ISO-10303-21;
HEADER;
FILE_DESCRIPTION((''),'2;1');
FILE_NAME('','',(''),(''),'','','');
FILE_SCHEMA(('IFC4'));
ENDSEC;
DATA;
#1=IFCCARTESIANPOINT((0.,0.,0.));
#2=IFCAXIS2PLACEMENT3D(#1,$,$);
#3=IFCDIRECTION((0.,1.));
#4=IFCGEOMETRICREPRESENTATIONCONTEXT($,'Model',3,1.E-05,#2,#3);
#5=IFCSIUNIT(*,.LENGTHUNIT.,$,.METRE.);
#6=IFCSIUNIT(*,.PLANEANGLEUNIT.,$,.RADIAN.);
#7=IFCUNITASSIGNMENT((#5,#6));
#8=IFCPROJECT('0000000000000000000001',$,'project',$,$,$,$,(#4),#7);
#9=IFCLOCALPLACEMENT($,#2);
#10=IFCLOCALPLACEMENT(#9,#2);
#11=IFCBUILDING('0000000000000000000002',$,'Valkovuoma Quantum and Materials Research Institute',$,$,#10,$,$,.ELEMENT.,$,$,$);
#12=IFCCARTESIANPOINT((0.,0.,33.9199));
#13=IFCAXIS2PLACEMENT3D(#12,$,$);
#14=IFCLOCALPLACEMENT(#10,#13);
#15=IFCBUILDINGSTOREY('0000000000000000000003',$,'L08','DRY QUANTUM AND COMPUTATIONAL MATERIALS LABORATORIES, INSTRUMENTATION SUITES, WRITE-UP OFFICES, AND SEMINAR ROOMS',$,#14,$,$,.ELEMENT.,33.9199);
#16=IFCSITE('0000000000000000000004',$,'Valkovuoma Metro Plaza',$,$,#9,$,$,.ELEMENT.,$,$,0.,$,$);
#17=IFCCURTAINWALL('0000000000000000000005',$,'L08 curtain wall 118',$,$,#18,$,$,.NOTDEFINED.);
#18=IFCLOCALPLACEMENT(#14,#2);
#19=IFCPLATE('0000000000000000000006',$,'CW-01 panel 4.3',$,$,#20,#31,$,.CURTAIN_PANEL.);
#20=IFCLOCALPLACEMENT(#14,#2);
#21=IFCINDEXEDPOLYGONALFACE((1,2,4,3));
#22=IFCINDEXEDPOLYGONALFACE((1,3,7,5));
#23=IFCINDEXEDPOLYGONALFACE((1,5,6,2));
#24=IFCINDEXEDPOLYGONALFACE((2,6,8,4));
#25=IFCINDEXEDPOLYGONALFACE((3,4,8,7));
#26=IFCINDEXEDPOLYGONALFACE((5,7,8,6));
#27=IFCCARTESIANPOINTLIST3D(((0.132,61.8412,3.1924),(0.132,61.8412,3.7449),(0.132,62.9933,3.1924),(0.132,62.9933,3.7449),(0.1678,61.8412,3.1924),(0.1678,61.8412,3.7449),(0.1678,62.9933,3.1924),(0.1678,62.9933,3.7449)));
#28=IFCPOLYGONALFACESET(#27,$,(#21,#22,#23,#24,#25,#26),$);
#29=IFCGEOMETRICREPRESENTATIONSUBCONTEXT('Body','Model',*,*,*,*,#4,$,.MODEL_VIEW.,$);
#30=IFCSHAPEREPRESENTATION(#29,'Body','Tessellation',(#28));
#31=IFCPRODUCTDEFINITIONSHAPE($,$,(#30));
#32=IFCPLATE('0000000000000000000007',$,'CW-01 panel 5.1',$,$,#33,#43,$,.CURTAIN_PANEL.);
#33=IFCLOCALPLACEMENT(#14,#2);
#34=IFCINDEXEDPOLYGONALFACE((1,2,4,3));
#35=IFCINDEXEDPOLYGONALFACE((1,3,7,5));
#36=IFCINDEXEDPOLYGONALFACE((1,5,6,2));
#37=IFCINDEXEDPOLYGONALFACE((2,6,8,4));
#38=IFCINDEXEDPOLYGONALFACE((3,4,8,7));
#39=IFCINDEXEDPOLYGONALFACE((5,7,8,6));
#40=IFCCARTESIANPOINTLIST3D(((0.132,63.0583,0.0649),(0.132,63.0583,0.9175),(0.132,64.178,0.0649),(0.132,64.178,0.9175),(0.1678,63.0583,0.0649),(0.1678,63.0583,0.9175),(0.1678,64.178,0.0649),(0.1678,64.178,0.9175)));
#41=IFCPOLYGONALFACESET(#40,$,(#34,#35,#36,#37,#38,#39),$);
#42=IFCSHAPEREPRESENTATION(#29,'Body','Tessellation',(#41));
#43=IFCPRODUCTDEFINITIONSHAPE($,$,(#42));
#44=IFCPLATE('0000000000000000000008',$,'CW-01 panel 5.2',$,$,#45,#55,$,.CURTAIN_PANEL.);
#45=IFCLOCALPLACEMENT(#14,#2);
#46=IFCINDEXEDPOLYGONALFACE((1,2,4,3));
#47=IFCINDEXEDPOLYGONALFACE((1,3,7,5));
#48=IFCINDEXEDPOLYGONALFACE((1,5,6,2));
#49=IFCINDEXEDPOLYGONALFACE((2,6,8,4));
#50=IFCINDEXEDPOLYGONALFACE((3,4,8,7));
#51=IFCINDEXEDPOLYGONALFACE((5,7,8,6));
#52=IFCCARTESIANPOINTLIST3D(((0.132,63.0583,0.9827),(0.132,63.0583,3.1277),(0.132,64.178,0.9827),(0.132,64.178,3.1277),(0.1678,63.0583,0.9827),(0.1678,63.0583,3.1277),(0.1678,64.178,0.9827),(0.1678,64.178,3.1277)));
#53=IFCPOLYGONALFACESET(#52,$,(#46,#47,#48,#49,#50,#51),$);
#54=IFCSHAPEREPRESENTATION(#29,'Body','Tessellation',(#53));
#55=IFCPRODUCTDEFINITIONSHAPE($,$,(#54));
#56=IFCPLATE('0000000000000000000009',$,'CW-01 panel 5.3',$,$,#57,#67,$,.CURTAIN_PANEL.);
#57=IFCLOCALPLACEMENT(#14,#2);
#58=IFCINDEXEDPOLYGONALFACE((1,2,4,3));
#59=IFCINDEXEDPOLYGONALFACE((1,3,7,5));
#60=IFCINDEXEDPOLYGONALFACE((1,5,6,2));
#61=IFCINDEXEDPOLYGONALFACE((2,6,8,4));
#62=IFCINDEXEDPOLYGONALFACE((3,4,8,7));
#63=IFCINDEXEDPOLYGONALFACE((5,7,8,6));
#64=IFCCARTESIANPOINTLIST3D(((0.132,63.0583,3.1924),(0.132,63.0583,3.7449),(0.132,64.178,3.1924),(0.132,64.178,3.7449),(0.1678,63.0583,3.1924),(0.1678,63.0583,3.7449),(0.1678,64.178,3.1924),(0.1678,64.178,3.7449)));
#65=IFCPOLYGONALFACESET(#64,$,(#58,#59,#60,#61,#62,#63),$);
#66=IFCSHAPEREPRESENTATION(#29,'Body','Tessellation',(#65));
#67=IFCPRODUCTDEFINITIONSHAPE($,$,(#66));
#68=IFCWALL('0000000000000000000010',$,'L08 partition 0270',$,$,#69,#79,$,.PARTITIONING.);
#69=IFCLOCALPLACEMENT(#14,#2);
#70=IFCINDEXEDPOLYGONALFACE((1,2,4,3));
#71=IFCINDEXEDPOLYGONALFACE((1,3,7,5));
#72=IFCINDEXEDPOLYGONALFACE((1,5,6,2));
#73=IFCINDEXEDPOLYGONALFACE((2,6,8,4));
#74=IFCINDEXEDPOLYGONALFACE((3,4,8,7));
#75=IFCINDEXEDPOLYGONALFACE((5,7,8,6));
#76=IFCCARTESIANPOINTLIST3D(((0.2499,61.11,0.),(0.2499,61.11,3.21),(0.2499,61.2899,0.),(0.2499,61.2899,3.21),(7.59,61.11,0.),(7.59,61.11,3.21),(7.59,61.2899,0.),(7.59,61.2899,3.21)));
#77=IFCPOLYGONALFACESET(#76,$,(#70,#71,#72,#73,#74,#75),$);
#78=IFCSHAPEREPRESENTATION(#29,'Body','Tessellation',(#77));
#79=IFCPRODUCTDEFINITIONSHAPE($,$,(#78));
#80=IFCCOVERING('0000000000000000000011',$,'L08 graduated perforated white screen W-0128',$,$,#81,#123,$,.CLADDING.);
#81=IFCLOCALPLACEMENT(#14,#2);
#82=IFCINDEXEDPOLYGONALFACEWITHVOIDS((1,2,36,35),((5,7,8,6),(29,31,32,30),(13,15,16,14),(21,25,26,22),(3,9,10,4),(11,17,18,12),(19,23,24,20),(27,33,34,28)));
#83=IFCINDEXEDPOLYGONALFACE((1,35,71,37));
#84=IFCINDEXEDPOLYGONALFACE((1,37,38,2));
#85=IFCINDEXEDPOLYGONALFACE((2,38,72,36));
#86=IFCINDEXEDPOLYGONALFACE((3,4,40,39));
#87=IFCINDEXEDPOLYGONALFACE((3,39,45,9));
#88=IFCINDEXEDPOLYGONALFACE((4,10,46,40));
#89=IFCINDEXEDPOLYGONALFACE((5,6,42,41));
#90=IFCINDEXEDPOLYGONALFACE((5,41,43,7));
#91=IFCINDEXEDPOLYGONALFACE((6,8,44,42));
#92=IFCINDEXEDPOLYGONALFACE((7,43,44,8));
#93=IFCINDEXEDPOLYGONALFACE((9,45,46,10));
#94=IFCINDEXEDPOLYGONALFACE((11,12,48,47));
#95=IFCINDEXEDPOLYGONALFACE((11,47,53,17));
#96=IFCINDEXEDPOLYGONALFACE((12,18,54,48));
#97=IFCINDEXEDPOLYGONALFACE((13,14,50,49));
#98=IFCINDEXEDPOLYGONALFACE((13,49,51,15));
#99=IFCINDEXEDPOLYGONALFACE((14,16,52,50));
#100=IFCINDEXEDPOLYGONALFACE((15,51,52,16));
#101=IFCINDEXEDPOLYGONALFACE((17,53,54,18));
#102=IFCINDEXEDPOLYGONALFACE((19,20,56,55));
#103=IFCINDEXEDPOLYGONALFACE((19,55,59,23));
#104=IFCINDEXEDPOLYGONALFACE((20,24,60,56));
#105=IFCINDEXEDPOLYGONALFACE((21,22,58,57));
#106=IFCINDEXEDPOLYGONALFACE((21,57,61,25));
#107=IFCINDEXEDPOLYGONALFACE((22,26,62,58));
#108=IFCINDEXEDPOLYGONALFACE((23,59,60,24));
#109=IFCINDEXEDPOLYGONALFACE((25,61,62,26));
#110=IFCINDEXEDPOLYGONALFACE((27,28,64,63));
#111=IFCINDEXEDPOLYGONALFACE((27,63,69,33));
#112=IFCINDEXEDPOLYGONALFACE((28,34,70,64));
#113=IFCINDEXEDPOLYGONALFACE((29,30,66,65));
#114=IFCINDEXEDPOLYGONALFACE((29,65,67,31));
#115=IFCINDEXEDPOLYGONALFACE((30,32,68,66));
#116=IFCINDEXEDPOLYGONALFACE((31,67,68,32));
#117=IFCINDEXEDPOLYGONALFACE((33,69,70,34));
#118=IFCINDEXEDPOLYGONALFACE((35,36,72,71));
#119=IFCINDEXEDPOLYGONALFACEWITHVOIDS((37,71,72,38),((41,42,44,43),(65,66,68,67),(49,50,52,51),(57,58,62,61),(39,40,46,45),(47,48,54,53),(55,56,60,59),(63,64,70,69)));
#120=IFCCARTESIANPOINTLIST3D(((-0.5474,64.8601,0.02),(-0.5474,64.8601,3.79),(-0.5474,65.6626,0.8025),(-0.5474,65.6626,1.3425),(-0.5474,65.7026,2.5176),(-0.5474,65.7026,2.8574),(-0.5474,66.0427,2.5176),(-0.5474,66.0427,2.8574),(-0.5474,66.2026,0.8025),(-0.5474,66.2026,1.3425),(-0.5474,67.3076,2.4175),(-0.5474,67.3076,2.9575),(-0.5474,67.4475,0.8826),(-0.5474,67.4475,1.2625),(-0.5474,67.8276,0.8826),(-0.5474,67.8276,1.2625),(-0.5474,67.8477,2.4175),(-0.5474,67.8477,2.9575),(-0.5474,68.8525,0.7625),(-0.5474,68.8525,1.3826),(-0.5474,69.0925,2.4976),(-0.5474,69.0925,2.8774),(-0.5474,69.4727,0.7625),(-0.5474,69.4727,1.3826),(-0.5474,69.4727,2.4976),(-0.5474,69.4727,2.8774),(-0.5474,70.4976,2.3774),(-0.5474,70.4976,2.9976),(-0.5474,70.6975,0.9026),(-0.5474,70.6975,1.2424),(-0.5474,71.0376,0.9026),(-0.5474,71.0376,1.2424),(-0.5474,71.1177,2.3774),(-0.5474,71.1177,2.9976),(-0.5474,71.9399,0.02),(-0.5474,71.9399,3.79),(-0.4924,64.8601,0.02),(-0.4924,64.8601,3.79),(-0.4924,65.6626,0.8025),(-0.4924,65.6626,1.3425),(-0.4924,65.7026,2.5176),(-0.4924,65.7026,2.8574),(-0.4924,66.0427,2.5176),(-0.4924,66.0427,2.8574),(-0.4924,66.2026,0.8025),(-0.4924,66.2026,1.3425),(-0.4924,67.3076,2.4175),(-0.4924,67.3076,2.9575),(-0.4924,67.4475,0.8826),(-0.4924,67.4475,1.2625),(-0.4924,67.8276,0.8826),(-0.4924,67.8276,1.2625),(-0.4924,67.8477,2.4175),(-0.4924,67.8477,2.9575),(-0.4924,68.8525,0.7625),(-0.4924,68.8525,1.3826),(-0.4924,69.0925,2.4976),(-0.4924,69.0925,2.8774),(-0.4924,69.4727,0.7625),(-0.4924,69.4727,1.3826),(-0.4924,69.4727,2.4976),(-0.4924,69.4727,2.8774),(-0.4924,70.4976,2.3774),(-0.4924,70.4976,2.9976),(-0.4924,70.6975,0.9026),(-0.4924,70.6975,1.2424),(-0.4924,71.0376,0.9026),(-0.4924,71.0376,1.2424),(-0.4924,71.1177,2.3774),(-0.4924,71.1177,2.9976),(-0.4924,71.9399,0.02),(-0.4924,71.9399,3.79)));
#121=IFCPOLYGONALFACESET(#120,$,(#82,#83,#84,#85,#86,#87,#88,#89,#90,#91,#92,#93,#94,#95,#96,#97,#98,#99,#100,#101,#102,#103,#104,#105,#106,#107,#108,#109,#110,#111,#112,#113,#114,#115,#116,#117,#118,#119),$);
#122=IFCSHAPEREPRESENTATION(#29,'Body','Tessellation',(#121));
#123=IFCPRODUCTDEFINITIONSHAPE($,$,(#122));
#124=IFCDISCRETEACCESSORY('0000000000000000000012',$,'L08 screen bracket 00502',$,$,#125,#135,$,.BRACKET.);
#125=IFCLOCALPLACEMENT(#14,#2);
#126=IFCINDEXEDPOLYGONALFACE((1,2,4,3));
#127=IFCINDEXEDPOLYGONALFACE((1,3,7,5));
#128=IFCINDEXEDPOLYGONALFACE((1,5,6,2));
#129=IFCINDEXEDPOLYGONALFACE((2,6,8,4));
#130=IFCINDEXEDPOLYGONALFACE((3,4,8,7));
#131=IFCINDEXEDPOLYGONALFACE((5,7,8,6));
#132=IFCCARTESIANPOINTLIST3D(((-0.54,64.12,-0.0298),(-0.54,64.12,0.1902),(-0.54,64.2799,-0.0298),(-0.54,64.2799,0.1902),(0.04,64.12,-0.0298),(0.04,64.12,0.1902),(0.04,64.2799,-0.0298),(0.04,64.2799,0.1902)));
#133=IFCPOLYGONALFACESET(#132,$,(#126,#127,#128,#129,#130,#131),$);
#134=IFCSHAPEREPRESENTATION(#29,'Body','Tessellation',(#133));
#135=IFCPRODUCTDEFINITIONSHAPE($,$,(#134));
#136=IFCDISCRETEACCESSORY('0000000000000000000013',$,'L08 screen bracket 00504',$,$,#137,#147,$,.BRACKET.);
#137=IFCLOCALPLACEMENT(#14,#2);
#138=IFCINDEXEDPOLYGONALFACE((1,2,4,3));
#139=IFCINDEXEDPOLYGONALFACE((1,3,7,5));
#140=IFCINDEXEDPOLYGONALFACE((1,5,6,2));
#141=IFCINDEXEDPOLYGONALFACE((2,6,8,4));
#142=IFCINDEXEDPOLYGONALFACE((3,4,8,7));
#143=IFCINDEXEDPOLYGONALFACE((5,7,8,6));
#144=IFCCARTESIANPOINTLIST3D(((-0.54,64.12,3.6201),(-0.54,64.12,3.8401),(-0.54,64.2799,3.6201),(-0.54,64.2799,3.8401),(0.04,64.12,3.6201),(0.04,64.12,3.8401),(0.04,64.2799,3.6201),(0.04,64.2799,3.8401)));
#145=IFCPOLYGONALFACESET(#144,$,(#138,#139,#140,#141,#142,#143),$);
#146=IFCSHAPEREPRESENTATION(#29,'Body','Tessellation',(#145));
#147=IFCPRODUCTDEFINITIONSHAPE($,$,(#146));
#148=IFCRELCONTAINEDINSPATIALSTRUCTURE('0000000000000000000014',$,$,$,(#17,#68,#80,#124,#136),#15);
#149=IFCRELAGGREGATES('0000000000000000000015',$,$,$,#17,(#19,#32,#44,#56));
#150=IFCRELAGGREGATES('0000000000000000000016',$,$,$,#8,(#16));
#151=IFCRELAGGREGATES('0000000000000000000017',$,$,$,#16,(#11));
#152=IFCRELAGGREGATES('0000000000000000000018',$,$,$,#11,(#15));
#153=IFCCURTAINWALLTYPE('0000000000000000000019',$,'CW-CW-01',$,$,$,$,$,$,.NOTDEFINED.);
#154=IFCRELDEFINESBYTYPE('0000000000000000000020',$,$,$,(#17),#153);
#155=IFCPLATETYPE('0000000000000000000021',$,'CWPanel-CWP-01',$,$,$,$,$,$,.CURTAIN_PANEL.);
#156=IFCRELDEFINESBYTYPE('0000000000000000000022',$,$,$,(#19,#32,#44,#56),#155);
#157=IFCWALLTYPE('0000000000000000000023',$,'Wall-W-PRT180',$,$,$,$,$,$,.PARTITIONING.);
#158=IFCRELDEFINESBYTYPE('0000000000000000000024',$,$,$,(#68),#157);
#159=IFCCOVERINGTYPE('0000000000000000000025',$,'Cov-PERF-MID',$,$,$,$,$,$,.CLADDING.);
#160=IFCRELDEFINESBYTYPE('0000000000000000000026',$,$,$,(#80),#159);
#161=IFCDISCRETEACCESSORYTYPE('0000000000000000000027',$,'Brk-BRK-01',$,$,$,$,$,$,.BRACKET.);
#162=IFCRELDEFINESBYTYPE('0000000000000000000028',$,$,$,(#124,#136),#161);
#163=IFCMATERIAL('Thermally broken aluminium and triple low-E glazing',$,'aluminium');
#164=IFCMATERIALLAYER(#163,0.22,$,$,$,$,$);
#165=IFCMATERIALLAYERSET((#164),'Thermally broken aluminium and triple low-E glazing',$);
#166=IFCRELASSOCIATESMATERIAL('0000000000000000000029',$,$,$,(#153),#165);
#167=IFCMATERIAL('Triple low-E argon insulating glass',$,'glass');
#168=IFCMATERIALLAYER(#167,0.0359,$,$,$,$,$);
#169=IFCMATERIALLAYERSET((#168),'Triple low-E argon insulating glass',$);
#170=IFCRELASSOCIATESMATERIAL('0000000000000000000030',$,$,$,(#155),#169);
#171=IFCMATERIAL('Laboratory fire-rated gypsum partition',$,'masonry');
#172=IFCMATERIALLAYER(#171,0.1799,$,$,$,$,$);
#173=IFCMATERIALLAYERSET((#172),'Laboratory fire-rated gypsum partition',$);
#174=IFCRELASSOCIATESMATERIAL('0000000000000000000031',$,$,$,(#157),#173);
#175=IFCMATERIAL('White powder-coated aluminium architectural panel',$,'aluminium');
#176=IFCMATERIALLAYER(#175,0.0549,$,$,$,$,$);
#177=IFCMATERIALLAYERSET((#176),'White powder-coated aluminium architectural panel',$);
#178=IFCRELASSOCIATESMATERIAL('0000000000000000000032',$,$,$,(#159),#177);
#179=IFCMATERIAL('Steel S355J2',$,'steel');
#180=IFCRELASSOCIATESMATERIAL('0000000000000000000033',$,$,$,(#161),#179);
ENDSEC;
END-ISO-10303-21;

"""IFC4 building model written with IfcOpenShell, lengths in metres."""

from ifc_helpers import new_model, si_unit, direction, frame, frame_2d, origin, origin_2d, place, context, subcontext, project, spatial, polyline, rectangle, outline, extrude, material, layer, layer_set, type_object, element, aggregate, save


model = new_model("IFC4")

# Units and contexts
model_context = context("Model", 3, precision=1e-05, world=origin(), true_north=direction((0.0, 1.0)))
body_context = subcontext(model_context, "Body", "Model", "MODEL_VIEW")
ifc_project = project(units=[si_unit("LENGTHUNIT", "METRE"), si_unit("PLANEANGLEUNIT", "RADIAN")], contexts=[model_context])

# Site, building, storey
site_placement = place(None, origin())
site = spatial("IfcSite", under=ifc_project, at=site_placement, Name="Valkovuoma Metro Plaza", CompositionType="ELEMENT", RefElevation=0.0)
building_placement = place(site_placement, origin())
building = spatial("IfcBuilding", under=site, at=building_placement, Name="Valkovuoma Quantum and Materials Research Institute", CompositionType="ELEMENT")
storey_placement = place(building_placement, frame((0.0, 0.0, 33.9199)))
storey = spatial("IfcBuildingStorey", under=building, at=storey_placement, Name="L08", Description="DRY QUANTUM AND COMPUTATIONAL MATERIALS LABORATORIES, INSTRUMENTATION SUITES, WRITE-UP OFFICES, AND SEMINAR ROOMS", CompositionType="ELEMENT", Elevation=33.9199)

# Curtain wall, plates
ifc_material_1 = material(Name="Thermally broken aluminium and triple low-E glazing", Category="aluminium")
ifc_layer_1 = layer(ifc_material_1, 0.22)
ifc_layer_set_1 = layer_set([ifc_layer_1], Name="Thermally broken aluminium and triple low-E glazing")
curtain_wall_type = type_object("IfcCurtainWallType", Name="CW-CW-01", PredefinedType="NOTDEFINED", material=ifc_layer_set_1)
curtain_wall_placement = place(storey_placement, origin())
curtain_wall = element("IfcCurtainWall", 1, at=curtain_wall_placement, inside=storey, type_object=curtain_wall_type, Name="L08 curtain wall 118", PredefinedType="NOTDEFINED")
ifc_material_2 = material(Name="Triple low-E argon insulating glass", Category="glass")
ifc_layer_2 = layer(ifc_material_2, 0.0359)
ifc_layer_set_2 = layer_set([ifc_layer_2], Name="Triple low-E argon insulating glass")
plate_type = type_object("IfcPlateType", Name="CWPanel-CWP-01", PredefinedType="CURTAIN_PANEL", material=ifc_layer_set_2)
plate_1_placement = place(storey_placement, frame((0.1499, 62.4172, 3.1924), z_axis=(0.0, 0.0, 1.0), x_axis=(0.0, 1.0, 0.0)))
plate_1 = element("IfcPlate", 2, at=plate_1_placement, type_object=plate_type, Name="CW-01 panel 4.3", PredefinedType="CURTAIN_PANEL", context=body_context, shape_type="SweptSolid", body=[
    extrude(rectangle(XDim=1.1521, YDim=0.0359, at=origin_2d()), origin(), (0.0, 0.0, 1.0), 0.5525),
])
plate_2_placement = place(storey_placement, frame((0.1499, 63.6182, 0.0649), z_axis=(0.0, 0.0, 1.0), x_axis=(0.0, 1.0, 0.0)))
plate_2 = element("IfcPlate", 3, at=plate_2_placement, type_object=plate_type, Name="CW-01 panel 5.1", PredefinedType="CURTAIN_PANEL", context=body_context, shape_type="SweptSolid", body=[
    extrude(rectangle(XDim=1.1196, YDim=0.0359, at=origin_2d()), origin(), (0.0, 0.0, 1.0), 0.8525),
])
plate_3_placement = place(storey_placement, frame((0.1499, 63.6182, 0.9827), z_axis=(0.0, 0.0, 1.0), x_axis=(0.0, 1.0, 0.0)))
plate_3 = element("IfcPlate", 4, at=plate_3_placement, type_object=plate_type, Name="CW-01 panel 5.2", PredefinedType="CURTAIN_PANEL", context=body_context, shape_type="SweptSolid", body=[
    extrude(rectangle(XDim=1.1196, YDim=0.0359, at=origin_2d()), origin(), (0.0, 0.0, 1.0), 2.145),
])
plate_4_placement = place(storey_placement, frame((0.1499, 63.6182, 3.1924), z_axis=(0.0, 0.0, 1.0), x_axis=(0.0, 1.0, 0.0)))
plate_4 = element("IfcPlate", 5, at=plate_4_placement, type_object=plate_type, Name="CW-01 panel 5.3", PredefinedType="CURTAIN_PANEL", context=body_context, shape_type="SweptSolid", body=[
    extrude(rectangle(XDim=1.1196, YDim=0.0359, at=origin_2d()), origin(), (0.0, 0.0, 1.0), 0.5525),
])
aggregate(curtain_wall, [plate_1, plate_2, plate_3, plate_4])

# Wall
ifc_material_3 = material(Name="Laboratory fire-rated gypsum partition", Category="masonry")
ifc_layer_3 = layer(ifc_material_3, 0.1799)
ifc_layer_set_3 = layer_set([ifc_layer_3], Name="Laboratory fire-rated gypsum partition")
wall_type = type_object("IfcWallType", Name="Wall-W-PRT180", PredefinedType="PARTITIONING", material=ifc_layer_set_3)
wall_placement = place(storey_placement, frame((0.25, 61.2, 0.0), z_axis=(0.0, 0.0, 1.0), x_axis=(1.0, 0.0, 0.0)))
element("IfcWall", 6, at=wall_placement, inside=storey, type_object=wall_type, Name="L08 partition 0270", PredefinedType="PARTITIONING", context=body_context, shape_type="SweptSolid", body=[
    extrude(rectangle(XDim=7.3401, YDim=0.1799, at=frame_2d((3.6699, 0.0))), origin(), (0.0, 0.0, 1.0), 3.21),
])

# Covering
ifc_material_4 = material(Name="White powder-coated aluminium architectural panel", Category="aluminium")
ifc_layer_4 = layer(ifc_material_4, 0.0549)
ifc_layer_set_4 = layer_set([ifc_layer_4], Name="White powder-coated aluminium architectural panel")
covering_type = type_object("IfcCoveringType", Name="Cov-PERF-MID", PredefinedType="CLADDING", material=ifc_layer_set_4)
covering_placement = place(storey_placement, frame((-0.52, 64.8601, 0.02), z_axis=(0.0, 0.0, 1.0), x_axis=(0.0, 1.0, 0.0)))
element("IfcCovering", 7, at=covering_placement, inside=storey, type_object=covering_type, Name="L08 graduated perforated white screen W-0128", PredefinedType="CLADDING", context=body_context, shape_type="SweptSolid", body=[
    extrude(outline(polyline([(0.0, 0.0), (7.0798, 0.0), (7.0798, 3.77), (0.0, 3.77), (0.0, 0.0)]), holes=[polyline([(0.8025, 0.7825), (0.8025, 1.3225), (1.3425, 1.3225), (1.3425, 0.7825), (0.8025, 0.7825)]), polyline([(0.8425, 2.4976), (0.8425, 2.8374), (1.1826, 2.8374), (1.1826, 2.4976), (0.8425, 2.4976)]), polyline([(2.5874, 0.8625), (2.5874, 1.2424), (2.9675, 1.2424), (2.9675, 0.8625), (2.5874, 0.8625)]), polyline([(2.4475, 2.3975), (2.4475, 2.9375), (2.9875, 2.9375), (2.9875, 2.3975), (2.4475, 2.3975)]), polyline([(3.9924, 0.7424), (3.9924, 1.3625), (4.6125, 1.3625), (4.6125, 0.7424), (3.9924, 0.7424)]), polyline([(4.2324, 2.4775), (4.2324, 2.8574), (4.6125, 2.8574), (4.6125, 2.4775), (4.2324, 2.4775)]), polyline([(5.8374, 0.8826), (5.8374, 1.2224), (6.1775, 1.2224), (6.1775, 0.8826), (5.8374, 0.8826)]), polyline([(5.6375, 2.3574), (5.6375, 2.9775), (6.2576, 2.9775), (6.2576, 2.3574), (5.6375, 2.3574)])]), frame((0.0, 0.0273, 0.0), z_axis=(0.0, -1.0, 0.0), x_axis=(1.0, 0.0, 0.0)), (0.0, 0.0, 1.0), 0.0549),
])

# Discrete accessories
ifc_material_5 = material(Name="Steel S355J2", Category="steel")
discrete_accessory_type = type_object("IfcDiscreteAccessoryType", Name="Brk-BRK-01", PredefinedType="BRACKET", material=ifc_material_5)
for number, where, z_axis, x_axis, name in (
    (8, (-0.25, 64.2, -0.0298), (0.0, 0.0, 1.0), (1.0, 0.0, 0.0), "L08 screen bracket 00502"),
    (9, (-0.25, 64.2, 3.6201), (0.0, 0.0, 1.0), (1.0, 0.0, 0.0), "L08 screen bracket 00504"),
):
    element("IfcDiscreteAccessory", number, at=place(storey_placement, frame(where, z_axis=z_axis, x_axis=x_axis)), inside=storey, type_object=discrete_accessory_type, Name=name, PredefinedType="BRACKET", context=body_context, shape_type="SweptSolid", body=[
        extrude(rectangle(XDim=0.5801, YDim=0.1599, at=origin_2d()), origin(), (0.0, 0.0, 1.0), 0.22),
    ])

save(model, "model.ifc")
